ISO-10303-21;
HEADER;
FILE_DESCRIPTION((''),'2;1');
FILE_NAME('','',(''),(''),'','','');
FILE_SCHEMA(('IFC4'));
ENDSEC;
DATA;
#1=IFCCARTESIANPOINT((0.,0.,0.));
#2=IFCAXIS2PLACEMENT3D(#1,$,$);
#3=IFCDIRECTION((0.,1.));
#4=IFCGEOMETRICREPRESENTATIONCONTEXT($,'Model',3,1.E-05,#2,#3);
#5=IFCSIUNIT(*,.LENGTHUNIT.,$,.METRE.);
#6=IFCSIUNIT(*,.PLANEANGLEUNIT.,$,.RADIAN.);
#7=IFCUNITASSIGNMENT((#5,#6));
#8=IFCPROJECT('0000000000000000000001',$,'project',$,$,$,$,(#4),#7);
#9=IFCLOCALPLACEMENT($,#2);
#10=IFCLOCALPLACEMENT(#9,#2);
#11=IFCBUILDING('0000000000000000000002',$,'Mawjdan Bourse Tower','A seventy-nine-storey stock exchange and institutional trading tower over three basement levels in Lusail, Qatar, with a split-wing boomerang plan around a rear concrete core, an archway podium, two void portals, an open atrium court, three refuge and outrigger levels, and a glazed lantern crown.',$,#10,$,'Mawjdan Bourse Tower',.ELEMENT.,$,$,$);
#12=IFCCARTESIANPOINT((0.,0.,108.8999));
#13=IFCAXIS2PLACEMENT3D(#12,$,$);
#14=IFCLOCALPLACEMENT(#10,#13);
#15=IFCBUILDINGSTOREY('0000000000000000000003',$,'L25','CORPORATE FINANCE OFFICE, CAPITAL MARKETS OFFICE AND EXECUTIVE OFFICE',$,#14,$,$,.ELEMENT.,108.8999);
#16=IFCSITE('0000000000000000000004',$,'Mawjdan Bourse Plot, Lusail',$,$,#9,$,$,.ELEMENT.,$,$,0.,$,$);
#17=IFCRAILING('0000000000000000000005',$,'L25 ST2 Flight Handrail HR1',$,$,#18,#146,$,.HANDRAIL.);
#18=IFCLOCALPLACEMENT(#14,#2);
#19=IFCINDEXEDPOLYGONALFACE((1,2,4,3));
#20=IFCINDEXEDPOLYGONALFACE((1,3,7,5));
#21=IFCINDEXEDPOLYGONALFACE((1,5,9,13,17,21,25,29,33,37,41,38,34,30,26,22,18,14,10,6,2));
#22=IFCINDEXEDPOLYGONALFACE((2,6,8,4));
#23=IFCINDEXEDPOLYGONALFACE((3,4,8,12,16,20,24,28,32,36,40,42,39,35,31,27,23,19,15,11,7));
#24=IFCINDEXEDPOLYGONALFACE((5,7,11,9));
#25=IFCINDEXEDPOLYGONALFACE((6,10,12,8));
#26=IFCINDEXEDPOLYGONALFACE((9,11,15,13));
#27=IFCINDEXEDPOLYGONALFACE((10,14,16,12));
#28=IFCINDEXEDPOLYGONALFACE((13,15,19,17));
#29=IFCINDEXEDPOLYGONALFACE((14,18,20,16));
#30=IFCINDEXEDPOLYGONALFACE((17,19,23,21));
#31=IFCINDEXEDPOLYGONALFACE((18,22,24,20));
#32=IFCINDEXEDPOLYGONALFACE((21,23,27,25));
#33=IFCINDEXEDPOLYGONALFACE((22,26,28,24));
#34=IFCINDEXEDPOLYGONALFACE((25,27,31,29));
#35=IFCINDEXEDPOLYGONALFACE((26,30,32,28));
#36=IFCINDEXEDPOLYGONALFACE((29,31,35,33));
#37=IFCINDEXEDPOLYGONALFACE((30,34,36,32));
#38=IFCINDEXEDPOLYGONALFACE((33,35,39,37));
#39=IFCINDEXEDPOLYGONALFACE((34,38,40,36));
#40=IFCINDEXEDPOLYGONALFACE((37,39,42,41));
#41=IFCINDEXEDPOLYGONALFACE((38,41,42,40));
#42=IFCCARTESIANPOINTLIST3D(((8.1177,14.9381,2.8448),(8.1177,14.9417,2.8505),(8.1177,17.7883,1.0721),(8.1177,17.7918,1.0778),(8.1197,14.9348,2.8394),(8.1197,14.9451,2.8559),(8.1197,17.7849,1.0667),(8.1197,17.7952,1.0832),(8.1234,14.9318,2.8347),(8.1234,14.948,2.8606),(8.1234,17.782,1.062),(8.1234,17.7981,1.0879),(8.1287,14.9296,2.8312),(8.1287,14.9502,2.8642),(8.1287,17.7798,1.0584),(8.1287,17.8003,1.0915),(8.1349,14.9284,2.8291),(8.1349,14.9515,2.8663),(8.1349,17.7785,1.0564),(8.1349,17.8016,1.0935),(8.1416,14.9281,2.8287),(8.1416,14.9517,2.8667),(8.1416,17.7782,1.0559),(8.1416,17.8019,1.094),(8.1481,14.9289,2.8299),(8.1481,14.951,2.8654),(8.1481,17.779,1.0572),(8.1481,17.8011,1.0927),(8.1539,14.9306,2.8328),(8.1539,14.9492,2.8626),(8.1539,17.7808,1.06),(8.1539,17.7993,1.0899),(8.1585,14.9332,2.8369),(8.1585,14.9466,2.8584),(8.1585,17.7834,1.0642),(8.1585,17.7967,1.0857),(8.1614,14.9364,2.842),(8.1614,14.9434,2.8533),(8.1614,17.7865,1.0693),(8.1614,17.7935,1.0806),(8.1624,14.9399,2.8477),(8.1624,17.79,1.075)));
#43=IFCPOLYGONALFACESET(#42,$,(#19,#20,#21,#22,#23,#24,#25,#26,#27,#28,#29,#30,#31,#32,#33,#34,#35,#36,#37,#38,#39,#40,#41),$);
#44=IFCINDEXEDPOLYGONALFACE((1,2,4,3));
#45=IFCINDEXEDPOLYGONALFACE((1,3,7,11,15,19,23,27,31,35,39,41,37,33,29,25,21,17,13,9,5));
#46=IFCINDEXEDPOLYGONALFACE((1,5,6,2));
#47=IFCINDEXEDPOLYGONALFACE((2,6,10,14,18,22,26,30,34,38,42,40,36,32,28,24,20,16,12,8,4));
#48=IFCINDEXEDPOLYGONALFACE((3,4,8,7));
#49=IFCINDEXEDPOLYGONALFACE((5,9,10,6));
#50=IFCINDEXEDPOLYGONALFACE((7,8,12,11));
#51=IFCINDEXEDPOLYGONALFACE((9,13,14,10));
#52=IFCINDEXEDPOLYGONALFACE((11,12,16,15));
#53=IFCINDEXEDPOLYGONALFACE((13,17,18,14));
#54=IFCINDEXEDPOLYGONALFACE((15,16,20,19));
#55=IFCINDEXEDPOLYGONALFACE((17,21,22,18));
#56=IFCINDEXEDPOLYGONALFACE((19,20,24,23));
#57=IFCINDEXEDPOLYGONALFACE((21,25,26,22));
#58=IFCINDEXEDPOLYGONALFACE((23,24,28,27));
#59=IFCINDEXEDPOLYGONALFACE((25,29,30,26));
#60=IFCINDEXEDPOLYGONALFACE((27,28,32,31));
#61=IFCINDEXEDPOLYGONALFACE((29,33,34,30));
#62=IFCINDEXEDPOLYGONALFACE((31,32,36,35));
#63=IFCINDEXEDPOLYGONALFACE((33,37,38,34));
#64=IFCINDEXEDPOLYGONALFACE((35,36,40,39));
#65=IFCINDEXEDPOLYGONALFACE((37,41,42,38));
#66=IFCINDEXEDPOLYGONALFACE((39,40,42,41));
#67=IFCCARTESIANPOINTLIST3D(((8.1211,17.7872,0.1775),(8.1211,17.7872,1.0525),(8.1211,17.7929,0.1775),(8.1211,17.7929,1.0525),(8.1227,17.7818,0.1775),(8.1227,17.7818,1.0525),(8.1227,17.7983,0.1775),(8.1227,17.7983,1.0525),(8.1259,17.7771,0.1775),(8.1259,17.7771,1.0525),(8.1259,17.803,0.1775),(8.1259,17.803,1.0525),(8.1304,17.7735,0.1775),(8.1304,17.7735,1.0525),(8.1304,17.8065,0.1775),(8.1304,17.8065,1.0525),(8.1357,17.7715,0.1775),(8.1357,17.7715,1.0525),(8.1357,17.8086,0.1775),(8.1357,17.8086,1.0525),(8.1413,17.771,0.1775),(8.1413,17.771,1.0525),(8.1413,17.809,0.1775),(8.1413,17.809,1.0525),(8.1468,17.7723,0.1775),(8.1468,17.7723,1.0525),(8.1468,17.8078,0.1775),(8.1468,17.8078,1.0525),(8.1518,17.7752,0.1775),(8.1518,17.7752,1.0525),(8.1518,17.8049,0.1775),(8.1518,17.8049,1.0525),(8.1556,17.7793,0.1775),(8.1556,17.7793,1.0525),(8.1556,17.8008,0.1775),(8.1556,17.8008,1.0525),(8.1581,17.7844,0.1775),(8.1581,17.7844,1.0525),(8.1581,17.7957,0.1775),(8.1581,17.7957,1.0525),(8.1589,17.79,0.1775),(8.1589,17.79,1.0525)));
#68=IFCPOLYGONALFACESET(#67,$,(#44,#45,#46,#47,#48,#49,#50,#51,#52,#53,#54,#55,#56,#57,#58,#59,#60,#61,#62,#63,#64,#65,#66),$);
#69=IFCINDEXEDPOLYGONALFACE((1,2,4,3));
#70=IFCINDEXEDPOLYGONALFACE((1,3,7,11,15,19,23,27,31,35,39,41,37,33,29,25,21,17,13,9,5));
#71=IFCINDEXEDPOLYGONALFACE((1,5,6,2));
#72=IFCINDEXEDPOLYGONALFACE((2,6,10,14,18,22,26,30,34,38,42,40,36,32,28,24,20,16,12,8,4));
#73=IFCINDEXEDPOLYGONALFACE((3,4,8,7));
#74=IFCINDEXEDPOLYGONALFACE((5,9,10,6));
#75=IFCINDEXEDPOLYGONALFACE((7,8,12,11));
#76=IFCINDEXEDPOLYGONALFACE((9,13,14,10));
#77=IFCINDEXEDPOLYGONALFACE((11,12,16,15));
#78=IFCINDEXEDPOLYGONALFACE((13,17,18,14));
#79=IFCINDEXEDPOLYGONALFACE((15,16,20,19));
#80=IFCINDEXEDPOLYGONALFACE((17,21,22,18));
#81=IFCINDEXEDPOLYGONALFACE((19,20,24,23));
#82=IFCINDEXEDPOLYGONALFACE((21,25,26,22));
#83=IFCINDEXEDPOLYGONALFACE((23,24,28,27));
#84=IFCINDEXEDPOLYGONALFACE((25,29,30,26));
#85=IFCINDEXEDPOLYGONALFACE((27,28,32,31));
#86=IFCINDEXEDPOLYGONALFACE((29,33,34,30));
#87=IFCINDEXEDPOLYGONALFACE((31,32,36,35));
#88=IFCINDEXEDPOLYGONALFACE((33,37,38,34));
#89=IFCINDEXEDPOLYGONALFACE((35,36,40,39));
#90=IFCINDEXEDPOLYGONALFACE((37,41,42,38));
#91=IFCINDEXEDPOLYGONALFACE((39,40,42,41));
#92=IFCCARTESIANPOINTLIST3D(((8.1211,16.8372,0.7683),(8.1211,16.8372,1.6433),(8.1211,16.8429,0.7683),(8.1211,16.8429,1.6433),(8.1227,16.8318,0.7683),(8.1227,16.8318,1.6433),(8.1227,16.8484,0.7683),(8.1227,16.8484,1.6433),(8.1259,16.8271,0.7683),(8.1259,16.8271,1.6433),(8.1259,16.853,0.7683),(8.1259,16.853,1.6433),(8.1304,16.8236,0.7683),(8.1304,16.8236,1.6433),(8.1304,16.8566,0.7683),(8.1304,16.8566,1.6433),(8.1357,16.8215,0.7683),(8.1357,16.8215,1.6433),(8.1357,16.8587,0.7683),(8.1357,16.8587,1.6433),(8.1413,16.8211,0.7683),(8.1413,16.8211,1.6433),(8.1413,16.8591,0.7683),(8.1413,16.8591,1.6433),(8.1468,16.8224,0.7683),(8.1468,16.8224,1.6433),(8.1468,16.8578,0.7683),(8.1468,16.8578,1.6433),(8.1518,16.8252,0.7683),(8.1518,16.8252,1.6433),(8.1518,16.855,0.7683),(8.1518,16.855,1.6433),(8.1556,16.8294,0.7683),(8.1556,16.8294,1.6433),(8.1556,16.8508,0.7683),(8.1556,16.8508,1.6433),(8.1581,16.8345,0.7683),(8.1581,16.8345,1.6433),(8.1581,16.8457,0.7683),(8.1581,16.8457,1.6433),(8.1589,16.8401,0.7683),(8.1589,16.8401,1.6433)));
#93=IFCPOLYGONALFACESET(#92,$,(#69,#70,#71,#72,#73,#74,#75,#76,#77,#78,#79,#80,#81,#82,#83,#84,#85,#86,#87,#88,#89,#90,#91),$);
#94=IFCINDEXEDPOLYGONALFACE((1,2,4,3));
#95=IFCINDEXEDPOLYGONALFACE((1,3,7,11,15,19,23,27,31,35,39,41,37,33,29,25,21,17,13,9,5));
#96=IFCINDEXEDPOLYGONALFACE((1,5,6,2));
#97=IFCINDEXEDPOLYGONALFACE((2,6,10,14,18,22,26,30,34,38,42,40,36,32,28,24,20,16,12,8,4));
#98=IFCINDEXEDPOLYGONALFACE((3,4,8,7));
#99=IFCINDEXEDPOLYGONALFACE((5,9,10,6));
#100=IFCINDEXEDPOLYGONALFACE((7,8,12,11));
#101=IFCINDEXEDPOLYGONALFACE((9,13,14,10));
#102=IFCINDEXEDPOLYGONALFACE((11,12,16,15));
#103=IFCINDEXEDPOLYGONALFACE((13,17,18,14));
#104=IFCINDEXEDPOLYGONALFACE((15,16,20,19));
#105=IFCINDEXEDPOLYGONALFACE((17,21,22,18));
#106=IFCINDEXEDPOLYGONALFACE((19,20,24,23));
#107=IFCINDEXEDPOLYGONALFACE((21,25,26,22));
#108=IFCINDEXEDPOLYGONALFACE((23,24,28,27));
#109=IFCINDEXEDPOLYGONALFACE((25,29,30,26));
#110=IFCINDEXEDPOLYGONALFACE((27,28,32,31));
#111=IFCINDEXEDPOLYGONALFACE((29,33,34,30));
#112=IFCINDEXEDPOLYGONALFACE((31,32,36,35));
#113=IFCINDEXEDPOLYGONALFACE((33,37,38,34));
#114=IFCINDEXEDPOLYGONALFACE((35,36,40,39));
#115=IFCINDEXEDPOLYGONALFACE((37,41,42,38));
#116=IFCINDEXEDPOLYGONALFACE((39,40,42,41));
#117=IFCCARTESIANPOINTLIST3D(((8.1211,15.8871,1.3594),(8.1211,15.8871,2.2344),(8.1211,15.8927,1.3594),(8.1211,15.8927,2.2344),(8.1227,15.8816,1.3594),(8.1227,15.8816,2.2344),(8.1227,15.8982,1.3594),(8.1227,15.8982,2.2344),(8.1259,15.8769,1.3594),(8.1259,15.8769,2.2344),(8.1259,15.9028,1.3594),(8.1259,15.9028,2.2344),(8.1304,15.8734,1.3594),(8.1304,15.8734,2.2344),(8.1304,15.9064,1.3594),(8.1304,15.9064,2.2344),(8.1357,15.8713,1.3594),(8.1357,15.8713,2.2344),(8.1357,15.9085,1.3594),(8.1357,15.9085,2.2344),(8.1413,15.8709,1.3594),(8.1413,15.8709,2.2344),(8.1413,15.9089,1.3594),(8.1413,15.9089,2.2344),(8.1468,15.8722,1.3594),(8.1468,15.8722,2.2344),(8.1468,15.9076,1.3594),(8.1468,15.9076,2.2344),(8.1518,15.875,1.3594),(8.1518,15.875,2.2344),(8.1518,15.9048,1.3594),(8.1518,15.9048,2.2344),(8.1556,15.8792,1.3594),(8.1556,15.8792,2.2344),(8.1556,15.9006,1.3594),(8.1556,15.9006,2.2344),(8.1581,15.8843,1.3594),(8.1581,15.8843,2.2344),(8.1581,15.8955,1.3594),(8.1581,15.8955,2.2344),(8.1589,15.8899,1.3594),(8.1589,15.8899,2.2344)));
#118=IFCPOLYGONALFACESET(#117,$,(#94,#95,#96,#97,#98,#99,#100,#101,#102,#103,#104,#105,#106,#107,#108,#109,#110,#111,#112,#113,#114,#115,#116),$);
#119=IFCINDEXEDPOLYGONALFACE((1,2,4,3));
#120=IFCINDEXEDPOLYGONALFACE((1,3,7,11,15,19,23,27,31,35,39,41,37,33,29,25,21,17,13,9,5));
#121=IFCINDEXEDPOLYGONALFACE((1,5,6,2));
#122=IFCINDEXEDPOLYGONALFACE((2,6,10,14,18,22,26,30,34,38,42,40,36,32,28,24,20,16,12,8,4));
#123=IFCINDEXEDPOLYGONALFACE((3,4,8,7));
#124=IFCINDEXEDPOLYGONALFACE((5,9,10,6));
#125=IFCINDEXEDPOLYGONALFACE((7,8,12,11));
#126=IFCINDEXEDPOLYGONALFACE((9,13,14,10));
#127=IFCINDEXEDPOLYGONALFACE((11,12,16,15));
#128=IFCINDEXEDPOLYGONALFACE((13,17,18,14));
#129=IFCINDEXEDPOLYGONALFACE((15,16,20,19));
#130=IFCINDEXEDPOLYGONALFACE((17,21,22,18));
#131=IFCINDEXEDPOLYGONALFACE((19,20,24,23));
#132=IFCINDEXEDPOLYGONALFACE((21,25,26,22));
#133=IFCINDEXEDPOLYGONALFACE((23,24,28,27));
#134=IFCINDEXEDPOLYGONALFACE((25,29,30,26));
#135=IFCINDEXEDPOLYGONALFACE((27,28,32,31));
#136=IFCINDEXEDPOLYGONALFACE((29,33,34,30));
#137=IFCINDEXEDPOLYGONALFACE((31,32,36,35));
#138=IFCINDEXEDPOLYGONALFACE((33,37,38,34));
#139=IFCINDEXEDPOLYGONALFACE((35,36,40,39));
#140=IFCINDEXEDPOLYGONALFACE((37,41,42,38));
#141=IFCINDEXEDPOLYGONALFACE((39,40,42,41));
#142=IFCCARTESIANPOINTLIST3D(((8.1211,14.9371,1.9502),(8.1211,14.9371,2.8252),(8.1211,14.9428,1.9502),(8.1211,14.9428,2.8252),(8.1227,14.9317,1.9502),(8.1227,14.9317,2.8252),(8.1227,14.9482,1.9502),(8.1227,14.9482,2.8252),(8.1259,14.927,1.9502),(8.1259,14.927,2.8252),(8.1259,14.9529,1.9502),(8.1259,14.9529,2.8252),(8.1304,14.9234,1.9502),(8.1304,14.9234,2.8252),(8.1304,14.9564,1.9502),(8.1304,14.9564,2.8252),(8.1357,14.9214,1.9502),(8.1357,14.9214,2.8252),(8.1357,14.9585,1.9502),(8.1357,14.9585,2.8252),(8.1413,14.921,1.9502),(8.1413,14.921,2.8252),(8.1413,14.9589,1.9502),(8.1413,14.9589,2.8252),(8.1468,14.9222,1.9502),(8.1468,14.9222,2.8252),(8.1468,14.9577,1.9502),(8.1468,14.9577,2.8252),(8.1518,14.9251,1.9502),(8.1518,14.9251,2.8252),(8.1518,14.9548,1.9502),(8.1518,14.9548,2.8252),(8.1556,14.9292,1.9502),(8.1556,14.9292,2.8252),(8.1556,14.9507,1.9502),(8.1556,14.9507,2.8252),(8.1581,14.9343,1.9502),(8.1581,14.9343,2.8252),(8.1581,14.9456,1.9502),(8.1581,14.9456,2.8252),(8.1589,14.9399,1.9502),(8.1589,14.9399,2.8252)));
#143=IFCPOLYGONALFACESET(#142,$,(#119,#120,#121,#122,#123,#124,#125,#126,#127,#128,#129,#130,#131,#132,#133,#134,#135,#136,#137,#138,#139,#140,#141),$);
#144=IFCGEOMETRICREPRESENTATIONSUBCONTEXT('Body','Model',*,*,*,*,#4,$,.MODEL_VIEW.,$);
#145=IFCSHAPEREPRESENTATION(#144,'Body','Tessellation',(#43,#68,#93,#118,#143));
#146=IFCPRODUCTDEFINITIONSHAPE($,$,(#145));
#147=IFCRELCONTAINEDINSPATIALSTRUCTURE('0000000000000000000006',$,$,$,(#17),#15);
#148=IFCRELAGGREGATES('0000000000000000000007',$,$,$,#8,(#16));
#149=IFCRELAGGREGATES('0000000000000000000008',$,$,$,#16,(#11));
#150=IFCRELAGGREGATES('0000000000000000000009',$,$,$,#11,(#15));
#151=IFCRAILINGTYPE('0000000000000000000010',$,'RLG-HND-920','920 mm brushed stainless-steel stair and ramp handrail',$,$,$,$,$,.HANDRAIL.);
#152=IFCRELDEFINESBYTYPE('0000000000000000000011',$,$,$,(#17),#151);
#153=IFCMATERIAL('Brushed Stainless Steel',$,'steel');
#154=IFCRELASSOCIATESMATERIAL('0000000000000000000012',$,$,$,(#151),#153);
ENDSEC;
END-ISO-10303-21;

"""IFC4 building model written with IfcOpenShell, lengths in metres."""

from ifc_helpers import new_model, si_unit, direction, frame, origin, origin_2d, place, context, subcontext, project, spatial, circle, extrude, material, type_object, element, save


model = new_model("IFC4")

# Units and contexts
model_context = context("Model", 3, precision=1e-05, world=origin(), true_north=direction((0.0, 1.0)))
body_context = subcontext(model_context, "Body", "Model", "MODEL_VIEW")
ifc_project = project(units=[si_unit("LENGTHUNIT", "METRE"), si_unit("PLANEANGLEUNIT", "RADIAN")], contexts=[model_context])

# Site, building, storey
site_placement = place(None, origin())
site = spatial("IfcSite", under=ifc_project, at=site_placement, Name="Mawjdan Bourse Plot, Lusail", CompositionType="ELEMENT", RefElevation=0.0)
building_placement = place(site_placement, origin())
building = spatial("IfcBuilding", under=site, at=building_placement, Name="Mawjdan Bourse Tower", Description="A seventy-nine-storey stock exchange and institutional trading tower over three basement levels in Lusail, Qatar, with a split-wing boomerang plan around a rear concrete core, an archway podium, two void portals, an open atrium court, three refuge and outrigger levels, and a glazed lantern crown.", LongName="Mawjdan Bourse Tower", CompositionType="ELEMENT")
storey_placement = place(building_placement, frame((0.0, 0.0, 108.8999)))
storey = spatial("IfcBuildingStorey", under=building, at=storey_placement, Name="L25", Description="CORPORATE FINANCE OFFICE, CAPITAL MARKETS OFFICE AND EXECUTIVE OFFICE", CompositionType="ELEMENT", Elevation=108.8999)

# Railing
ifc_material_1 = material(Name="Brushed Stainless Steel", Category="steel")
railing_type_1 = type_object("IfcRailingType", Name="RLG-HND-920", Description="920 mm brushed stainless-steel stair and ramp handrail", PredefinedType="HANDRAIL", material=ifc_material_1)
railing_1_placement = place(storey_placement, frame((8.1399, 17.79, 0.1775)))
element("IfcRailing", 1, at=railing_1_placement, inside=storey, type_object=railing_type_1, Name="L25 ST2 Flight Handrail HR1", PredefinedType="HANDRAIL", context=body_context, shape_type="SweptSolid", body=[
    extrude(circle(Radius=0.0225, at=origin_2d()), frame((0.0, 0.0, 0.8975), z_axis=(0.0, -0.849149, 0.528154), x_axis=(1.0, 0.0, 0.0)), (0.0, 0.0, 1.0), 3.3564),
    extrude(circle(Radius=0.019, at=origin_2d()), origin(), (0.0, 0.0, 1.0), 0.875),
    extrude(circle(Radius=0.019, at=origin_2d()), frame((0.0, -0.95, 0.5908)), (0.0, 0.0, 1.0), 0.875),
    extrude(circle(Radius=0.019, at=origin_2d()), frame((0.0, -1.9001, 1.1819)), (0.0, 0.0, 1.0), 0.875),
    extrude(circle(Radius=0.019, at=origin_2d()), frame((0.0, -2.8501, 1.7727)), (0.0, 0.0, 1.0), 0.875),
])

save(model, "model.ifc")
